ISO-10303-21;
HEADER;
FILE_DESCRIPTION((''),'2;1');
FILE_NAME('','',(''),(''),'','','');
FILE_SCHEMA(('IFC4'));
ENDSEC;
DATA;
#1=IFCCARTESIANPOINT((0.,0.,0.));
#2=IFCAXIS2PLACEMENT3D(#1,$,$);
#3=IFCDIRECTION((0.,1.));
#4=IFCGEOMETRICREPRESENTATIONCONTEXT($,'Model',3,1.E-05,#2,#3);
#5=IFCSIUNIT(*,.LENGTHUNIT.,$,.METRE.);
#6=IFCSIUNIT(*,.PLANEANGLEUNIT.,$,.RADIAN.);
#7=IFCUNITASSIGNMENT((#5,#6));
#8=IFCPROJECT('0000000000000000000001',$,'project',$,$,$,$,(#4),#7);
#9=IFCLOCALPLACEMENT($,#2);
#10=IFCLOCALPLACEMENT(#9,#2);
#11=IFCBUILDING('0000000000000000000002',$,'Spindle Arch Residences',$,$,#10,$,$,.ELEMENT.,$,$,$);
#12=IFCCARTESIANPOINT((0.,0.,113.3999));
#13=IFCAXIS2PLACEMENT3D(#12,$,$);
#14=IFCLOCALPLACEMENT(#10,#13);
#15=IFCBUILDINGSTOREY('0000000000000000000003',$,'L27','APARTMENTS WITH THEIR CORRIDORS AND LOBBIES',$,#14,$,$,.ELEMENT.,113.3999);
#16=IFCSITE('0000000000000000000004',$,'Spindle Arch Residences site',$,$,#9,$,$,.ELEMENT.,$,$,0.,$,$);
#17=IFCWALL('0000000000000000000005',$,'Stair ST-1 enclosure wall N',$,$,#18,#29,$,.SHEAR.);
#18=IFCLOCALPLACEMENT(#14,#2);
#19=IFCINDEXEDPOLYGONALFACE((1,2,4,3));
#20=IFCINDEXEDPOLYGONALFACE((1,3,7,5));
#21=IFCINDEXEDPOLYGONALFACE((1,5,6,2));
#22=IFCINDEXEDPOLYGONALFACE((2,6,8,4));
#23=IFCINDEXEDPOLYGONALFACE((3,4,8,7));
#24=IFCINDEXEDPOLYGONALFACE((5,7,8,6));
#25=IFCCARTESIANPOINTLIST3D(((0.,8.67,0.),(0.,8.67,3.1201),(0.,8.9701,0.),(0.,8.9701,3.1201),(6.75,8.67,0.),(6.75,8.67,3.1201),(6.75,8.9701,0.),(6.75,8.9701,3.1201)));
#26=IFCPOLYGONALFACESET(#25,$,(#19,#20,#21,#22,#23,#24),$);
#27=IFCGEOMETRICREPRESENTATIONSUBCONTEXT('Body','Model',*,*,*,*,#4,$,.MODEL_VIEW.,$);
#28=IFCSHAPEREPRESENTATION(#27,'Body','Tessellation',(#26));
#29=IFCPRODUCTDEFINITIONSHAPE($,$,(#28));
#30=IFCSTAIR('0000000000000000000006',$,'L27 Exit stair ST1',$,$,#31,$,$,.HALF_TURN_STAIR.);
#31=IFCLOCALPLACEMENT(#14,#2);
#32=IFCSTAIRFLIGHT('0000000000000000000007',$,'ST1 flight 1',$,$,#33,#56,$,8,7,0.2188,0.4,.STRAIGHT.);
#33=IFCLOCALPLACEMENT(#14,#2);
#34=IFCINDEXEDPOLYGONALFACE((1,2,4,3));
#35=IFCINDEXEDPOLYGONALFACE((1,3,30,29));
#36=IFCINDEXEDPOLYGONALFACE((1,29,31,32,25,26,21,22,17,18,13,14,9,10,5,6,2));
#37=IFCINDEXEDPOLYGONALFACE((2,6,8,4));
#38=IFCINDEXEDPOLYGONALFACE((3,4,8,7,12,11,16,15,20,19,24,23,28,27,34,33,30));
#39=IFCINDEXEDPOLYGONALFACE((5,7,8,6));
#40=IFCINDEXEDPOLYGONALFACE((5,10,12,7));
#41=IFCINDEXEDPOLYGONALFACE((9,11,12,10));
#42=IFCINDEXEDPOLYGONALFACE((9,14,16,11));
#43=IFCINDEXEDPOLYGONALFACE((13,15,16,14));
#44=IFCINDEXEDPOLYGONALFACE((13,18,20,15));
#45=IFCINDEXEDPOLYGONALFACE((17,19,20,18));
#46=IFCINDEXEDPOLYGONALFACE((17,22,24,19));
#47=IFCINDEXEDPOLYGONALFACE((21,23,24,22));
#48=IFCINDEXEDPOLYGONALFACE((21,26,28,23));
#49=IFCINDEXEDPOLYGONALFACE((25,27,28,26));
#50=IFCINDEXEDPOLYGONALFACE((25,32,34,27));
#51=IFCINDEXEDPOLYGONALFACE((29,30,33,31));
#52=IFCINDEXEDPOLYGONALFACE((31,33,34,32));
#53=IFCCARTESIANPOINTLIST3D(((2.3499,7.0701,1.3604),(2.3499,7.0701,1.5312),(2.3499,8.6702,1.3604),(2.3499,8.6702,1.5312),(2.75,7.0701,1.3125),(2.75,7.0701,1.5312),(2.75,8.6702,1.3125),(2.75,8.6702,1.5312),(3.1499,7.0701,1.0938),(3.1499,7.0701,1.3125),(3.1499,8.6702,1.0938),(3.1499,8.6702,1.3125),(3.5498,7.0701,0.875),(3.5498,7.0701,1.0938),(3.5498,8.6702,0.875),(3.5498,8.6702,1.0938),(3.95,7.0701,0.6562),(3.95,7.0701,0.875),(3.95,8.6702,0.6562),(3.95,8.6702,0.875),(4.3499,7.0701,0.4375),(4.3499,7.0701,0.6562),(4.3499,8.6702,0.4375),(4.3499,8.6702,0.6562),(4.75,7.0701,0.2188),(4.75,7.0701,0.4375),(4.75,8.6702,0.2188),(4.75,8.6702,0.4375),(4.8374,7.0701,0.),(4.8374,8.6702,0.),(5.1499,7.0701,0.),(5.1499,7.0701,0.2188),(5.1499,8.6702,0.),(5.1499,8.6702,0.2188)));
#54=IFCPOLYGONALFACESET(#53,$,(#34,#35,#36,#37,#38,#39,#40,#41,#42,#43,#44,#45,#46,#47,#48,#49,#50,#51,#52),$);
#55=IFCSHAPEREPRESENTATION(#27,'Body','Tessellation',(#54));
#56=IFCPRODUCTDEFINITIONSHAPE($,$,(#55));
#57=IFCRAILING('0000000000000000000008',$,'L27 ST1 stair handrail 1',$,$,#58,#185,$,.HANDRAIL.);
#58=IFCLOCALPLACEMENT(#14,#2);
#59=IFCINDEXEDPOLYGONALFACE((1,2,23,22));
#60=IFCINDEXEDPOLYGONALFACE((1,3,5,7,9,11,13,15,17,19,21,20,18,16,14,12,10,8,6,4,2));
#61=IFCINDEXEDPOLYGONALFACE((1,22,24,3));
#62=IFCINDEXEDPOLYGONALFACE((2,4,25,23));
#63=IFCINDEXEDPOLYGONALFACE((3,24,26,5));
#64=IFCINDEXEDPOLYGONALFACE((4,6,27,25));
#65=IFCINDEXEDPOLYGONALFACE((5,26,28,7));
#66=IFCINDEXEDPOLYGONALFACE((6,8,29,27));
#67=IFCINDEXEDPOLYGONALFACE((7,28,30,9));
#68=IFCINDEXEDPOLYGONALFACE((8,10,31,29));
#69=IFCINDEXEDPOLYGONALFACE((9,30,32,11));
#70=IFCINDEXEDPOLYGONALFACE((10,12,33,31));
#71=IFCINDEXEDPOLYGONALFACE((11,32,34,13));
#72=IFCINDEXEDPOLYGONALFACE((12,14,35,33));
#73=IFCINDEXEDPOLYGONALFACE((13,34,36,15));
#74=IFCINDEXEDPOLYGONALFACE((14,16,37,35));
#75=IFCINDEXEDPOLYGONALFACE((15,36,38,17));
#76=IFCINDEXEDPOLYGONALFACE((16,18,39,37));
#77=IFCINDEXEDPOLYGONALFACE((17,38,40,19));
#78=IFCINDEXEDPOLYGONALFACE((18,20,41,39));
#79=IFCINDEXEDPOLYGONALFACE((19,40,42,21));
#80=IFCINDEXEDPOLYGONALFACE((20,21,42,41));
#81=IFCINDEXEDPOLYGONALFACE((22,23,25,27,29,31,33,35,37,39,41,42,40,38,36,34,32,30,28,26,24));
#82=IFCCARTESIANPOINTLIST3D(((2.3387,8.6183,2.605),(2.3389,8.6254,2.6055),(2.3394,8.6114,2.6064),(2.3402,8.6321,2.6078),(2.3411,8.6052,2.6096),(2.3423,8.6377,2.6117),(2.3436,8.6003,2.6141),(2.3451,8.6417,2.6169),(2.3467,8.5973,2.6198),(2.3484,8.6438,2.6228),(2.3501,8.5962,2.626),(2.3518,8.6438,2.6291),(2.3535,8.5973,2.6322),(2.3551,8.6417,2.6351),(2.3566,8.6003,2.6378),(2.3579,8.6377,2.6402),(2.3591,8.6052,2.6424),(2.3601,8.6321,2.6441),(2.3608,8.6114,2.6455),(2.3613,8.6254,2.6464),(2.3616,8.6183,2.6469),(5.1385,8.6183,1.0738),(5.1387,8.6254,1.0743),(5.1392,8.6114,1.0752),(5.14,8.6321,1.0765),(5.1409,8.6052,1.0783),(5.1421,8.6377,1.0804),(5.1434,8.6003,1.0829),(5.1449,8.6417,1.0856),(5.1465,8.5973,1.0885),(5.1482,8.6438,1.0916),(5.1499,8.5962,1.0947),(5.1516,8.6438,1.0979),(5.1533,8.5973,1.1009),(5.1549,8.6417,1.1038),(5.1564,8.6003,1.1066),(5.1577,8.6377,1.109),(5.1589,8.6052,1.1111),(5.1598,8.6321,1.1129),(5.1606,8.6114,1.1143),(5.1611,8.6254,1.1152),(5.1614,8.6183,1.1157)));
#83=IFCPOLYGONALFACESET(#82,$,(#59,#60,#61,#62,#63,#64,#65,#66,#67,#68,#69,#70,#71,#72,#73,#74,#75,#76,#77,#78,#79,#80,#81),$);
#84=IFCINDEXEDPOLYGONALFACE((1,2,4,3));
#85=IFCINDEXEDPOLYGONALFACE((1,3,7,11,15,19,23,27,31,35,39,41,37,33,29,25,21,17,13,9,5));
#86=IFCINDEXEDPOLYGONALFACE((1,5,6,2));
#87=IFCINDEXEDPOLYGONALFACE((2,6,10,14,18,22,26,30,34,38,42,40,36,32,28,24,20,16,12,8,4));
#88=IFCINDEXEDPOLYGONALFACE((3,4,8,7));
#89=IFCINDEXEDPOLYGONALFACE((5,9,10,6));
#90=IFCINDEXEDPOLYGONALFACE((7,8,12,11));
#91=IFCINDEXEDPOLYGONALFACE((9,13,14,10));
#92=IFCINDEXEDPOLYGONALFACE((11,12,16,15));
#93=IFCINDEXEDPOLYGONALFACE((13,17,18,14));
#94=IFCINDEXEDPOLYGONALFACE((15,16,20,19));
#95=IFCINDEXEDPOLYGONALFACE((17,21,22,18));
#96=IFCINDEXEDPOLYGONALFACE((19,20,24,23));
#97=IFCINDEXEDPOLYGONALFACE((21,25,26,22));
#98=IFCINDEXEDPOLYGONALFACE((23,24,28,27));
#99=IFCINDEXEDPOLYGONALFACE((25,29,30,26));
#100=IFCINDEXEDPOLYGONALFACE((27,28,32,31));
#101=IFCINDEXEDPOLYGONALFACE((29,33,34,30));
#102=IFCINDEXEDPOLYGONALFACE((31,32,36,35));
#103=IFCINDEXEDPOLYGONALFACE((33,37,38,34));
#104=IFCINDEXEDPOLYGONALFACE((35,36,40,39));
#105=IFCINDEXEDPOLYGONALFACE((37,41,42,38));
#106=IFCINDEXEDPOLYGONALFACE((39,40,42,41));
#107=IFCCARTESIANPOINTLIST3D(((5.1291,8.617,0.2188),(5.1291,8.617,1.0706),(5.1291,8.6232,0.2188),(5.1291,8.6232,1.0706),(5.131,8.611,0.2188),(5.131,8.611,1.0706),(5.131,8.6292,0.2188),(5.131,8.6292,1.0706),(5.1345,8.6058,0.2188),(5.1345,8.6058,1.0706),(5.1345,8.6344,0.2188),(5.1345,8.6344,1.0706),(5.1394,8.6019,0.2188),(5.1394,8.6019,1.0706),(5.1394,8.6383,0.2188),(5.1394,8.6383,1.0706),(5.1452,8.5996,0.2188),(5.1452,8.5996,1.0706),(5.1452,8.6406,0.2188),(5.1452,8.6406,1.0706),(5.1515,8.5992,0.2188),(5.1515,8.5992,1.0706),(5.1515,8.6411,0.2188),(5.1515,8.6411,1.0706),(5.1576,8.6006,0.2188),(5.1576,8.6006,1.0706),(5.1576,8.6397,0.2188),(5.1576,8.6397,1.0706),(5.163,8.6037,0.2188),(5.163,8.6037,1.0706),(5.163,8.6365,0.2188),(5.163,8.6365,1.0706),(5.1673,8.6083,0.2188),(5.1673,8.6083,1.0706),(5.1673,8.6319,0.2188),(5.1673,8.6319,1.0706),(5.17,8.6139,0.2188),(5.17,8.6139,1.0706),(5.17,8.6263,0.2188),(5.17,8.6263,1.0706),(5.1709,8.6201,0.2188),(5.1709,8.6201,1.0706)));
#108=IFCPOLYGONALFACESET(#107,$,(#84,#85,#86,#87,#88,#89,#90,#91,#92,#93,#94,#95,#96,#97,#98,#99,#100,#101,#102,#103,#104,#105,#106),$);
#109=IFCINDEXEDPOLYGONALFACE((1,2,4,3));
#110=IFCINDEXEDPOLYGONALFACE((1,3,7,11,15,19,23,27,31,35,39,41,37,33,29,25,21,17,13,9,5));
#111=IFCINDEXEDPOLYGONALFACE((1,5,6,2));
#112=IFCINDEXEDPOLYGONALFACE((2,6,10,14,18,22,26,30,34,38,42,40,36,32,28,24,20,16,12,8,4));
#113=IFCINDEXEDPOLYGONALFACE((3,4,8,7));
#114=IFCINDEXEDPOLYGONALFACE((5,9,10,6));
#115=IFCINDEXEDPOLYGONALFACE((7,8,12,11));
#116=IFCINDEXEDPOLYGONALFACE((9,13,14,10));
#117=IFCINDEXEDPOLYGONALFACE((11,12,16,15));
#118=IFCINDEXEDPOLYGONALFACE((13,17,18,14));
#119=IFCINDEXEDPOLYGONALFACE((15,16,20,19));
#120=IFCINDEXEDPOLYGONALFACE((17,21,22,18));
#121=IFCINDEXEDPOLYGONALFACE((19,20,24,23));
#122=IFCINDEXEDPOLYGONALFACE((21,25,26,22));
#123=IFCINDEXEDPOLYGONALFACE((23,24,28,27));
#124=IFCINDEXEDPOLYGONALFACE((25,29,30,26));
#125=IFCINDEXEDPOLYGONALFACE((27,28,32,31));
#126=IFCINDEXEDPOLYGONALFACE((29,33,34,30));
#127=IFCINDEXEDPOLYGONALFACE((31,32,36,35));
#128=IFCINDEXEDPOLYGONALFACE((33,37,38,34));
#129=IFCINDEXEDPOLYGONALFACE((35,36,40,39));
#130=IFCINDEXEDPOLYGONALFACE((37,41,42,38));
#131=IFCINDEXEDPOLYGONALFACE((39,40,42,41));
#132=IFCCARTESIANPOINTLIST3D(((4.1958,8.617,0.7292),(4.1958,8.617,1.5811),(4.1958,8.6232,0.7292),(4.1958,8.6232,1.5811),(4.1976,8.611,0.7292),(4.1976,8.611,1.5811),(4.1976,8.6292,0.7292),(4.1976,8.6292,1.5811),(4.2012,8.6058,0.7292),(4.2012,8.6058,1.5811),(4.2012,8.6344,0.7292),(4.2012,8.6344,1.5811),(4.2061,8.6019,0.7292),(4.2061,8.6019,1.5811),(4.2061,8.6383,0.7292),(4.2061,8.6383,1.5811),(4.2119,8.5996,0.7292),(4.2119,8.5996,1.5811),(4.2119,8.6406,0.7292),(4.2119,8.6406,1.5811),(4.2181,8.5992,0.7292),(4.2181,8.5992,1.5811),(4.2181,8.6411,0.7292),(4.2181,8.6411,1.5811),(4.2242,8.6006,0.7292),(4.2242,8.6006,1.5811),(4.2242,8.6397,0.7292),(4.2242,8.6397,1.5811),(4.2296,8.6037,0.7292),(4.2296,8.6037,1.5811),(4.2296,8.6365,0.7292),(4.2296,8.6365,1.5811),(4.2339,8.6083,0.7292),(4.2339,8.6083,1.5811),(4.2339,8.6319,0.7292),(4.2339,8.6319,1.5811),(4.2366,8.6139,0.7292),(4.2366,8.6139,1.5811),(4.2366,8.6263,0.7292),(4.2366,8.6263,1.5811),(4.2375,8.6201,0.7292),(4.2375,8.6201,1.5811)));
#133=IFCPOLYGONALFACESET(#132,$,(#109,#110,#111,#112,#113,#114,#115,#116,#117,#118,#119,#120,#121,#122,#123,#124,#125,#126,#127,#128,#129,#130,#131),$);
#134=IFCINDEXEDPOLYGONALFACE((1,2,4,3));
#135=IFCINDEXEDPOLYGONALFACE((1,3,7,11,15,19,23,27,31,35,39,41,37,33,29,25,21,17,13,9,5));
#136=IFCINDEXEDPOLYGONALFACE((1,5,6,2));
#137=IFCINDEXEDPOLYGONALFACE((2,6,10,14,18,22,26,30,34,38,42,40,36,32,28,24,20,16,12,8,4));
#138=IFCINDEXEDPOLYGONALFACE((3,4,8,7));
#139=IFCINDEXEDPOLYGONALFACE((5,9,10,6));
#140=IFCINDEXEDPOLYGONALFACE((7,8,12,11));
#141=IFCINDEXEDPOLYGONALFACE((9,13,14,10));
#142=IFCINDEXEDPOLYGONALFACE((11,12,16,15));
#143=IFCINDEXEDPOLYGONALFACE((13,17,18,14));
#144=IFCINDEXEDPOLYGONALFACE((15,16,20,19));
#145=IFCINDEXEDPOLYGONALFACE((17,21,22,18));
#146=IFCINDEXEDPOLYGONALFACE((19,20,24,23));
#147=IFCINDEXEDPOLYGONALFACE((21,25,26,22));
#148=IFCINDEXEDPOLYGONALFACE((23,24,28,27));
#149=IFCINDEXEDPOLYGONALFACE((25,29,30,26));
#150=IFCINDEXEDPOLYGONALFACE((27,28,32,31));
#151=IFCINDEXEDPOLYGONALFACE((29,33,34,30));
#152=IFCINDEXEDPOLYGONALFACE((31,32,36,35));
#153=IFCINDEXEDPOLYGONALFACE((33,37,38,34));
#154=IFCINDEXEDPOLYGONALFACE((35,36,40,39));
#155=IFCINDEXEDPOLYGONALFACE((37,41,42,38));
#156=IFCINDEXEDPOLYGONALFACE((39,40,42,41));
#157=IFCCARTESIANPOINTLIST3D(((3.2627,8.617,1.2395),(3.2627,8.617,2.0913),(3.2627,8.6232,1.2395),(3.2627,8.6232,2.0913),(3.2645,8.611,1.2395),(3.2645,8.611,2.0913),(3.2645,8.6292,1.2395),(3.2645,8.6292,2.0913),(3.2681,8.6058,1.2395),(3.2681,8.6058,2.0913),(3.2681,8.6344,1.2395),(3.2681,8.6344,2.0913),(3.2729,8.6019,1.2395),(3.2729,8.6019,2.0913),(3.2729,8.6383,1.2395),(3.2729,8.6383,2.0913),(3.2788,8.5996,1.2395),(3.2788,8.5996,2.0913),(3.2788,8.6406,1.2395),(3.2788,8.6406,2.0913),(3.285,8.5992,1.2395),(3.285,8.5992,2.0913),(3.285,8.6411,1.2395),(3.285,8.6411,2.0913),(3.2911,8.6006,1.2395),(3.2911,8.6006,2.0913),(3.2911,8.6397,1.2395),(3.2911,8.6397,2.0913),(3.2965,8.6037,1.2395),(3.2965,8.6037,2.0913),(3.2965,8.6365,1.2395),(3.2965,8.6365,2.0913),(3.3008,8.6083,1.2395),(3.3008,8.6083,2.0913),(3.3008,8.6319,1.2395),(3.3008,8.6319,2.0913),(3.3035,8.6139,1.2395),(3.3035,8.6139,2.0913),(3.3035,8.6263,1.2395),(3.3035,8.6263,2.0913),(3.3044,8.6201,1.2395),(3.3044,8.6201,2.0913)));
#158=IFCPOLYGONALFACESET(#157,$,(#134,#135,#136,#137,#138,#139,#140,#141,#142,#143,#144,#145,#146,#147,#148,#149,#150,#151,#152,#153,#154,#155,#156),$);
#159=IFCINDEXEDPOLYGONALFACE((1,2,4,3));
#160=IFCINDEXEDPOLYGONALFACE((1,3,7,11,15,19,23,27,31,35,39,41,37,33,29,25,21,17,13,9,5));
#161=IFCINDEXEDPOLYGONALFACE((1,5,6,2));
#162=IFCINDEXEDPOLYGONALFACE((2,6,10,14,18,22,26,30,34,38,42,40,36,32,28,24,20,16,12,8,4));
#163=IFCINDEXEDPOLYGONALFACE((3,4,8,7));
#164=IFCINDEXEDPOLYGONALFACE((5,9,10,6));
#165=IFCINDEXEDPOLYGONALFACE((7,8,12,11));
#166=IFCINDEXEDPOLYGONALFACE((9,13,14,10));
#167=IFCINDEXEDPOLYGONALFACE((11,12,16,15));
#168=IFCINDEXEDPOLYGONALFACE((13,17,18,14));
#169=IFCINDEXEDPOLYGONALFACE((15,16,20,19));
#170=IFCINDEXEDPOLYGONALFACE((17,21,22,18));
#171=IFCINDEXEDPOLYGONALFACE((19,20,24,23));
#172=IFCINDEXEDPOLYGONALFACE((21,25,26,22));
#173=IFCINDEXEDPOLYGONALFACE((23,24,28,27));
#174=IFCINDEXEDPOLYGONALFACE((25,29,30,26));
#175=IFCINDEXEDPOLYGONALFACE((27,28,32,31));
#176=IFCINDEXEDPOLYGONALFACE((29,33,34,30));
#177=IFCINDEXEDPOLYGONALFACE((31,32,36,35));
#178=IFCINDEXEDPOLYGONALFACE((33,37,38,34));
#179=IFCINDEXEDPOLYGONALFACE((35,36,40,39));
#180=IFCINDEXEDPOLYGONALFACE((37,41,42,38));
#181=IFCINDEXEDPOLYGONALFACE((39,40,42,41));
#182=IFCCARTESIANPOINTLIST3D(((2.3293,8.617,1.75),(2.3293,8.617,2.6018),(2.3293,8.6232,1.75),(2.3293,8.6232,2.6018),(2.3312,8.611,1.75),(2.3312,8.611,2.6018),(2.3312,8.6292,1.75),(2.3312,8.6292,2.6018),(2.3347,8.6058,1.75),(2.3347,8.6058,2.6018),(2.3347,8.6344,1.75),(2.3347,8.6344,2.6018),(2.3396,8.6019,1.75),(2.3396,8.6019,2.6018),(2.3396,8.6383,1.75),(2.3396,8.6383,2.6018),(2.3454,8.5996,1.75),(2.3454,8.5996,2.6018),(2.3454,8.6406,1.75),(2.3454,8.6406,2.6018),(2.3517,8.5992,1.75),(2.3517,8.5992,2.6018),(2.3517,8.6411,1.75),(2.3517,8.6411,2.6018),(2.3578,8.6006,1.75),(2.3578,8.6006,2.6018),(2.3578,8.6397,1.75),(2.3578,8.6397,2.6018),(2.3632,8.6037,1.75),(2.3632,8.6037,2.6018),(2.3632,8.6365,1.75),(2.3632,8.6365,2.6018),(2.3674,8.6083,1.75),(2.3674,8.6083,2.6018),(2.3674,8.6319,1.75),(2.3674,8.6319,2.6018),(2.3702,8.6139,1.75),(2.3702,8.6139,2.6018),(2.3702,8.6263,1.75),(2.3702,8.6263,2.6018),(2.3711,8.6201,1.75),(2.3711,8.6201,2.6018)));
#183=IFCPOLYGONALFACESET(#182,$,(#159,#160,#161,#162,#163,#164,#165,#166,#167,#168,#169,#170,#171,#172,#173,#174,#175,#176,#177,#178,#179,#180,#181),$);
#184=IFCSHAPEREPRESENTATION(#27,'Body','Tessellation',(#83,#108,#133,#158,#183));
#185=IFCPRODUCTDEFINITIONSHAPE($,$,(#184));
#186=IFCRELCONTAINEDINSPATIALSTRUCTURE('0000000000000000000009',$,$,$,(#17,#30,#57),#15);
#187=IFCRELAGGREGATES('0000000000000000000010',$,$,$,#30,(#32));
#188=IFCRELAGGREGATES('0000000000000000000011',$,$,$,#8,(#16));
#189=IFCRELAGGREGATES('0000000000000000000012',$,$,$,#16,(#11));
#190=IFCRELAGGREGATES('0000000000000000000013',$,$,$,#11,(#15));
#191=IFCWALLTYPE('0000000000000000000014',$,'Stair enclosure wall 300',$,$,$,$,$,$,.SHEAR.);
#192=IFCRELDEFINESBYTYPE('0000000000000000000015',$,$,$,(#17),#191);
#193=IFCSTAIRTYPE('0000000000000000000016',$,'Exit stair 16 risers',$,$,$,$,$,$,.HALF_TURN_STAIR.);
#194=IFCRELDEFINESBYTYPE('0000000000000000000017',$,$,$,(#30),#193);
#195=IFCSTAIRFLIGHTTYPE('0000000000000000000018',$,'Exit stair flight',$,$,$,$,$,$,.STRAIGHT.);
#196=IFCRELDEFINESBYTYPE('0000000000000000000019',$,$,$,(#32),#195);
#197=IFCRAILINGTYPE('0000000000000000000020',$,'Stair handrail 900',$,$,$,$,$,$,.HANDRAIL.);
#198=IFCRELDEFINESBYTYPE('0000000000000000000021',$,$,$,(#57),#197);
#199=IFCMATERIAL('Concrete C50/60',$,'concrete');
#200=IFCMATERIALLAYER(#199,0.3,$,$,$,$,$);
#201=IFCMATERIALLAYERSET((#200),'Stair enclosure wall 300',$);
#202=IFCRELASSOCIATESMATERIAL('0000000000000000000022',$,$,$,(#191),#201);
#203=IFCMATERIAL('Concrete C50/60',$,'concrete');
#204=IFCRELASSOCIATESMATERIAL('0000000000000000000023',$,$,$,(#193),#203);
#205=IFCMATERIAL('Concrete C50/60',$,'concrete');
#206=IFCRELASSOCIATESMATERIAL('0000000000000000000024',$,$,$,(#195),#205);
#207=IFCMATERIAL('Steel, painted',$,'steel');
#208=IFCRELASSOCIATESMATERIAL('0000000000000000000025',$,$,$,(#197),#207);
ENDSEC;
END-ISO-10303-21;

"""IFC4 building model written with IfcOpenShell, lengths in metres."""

from ifc_helpers import new_model, si_unit, direction, frame, frame_2d, origin, origin_2d, place, context, subcontext, project, spatial, polyline, rectangle, circle, outline, extrude, material, layer, layer_set, type_object, element, aggregate, save


model = new_model("IFC4")

# Units and contexts
model_context = context("Model", 3, precision=1e-05, world=origin(), true_north=direction((0.0, 1.0)))
body_context = subcontext(model_context, "Body", "Model", "MODEL_VIEW")
ifc_project = project(units=[si_unit("LENGTHUNIT", "METRE"), si_unit("PLANEANGLEUNIT", "RADIAN")], contexts=[model_context])

# Site, building, storey
site_placement = place(None, origin())
site = spatial("IfcSite", under=ifc_project, at=site_placement, Name="Spindle Arch Residences site", CompositionType="ELEMENT", RefElevation=0.0)
building_placement = place(site_placement, origin())
building = spatial("IfcBuilding", under=site, at=building_placement, Name="Spindle Arch Residences", CompositionType="ELEMENT")
storey_placement = place(building_placement, frame((0.0, 0.0, 113.3999)))
storey = spatial("IfcBuildingStorey", under=building, at=storey_placement, Name="L27", Description="APARTMENTS WITH THEIR CORRIDORS AND LOBBIES", CompositionType="ELEMENT", Elevation=113.3999)

# Wall
ifc_material_1 = material(Name="Concrete C50/60", Category="concrete")
ifc_layer_1 = layer(ifc_material_1, 0.3)
ifc_layer_set_1 = layer_set([ifc_layer_1], Name="Stair enclosure wall 300")
wall_type_1 = type_object("IfcWallType", Name="Stair enclosure wall 300", PredefinedType="SHEAR", material=ifc_layer_set_1)
wall_1_placement = place(storey_placement, frame((0.0, 8.8201, 0.0), z_axis=(0.0, 0.0, 1.0), x_axis=(1.0, 0.0, 0.0)))
element("IfcWall", 1, at=wall_1_placement, inside=storey, type_object=wall_type_1, Name="Stair ST-1 enclosure wall N", PredefinedType="SHEAR", context=body_context, shape_type="SweptSolid", body=[
    extrude(rectangle(XDim=6.75, YDim=0.3, at=frame_2d((3.375, 0.0))), origin(), (0.0, 0.0, 1.0), 3.1201),
])

# Stair, stair flight
ifc_material_2 = material(Name="Concrete C50/60", Category="concrete")
stair_type = type_object("IfcStairType", Name="Exit stair 16 risers", PredefinedType="HALF_TURN_STAIR", material=ifc_material_2)
stair_placement = place(storey_placement, origin())
stair = element("IfcStair", 2, at=stair_placement, inside=storey, type_object=stair_type, Name="L27 Exit stair ST1", PredefinedType="HALF_TURN_STAIR")
ifc_material_3 = material(Name="Concrete C50/60", Category="concrete")
stair_flight_type = type_object("IfcStairFlightType", Name="Exit stair flight", PredefinedType="STRAIGHT", material=ifc_material_3)
stair_flight_placement = place(storey_placement, frame((5.1499, 7.8701, 0.0), z_axis=(0.0, 0.0, 1.0), x_axis=(-1.0, 0.0, 0.0)))
stair_flight = element("IfcStairFlight", 3, at=stair_flight_placement, type_object=stair_flight_type, Name="ST1 flight 1", NumberOfRisers=8, NumberOfTreads=7, PredefinedType="STRAIGHT", RiserHeight=0.2188, TreadLength=0.4, context=body_context, shape_type="SweptSolid", body=[
    extrude(outline(polyline([(0.0, 0.0), (0.0, 0.2188), (0.3999, 0.2188), (0.3999, 0.4375), (0.8, 0.4375), (0.8, 0.6562), (1.2, 0.6562), (1.2, 0.875), (1.6001, 0.875), (1.6001, 1.0938), (2.0, 1.0938), (2.0, 1.3125), (2.3999, 1.3125), (2.3999, 1.5312), (2.8, 1.5312), (2.8, 1.75), (2.8, 1.3604), (0.3125, 0.0), (0.0, 0.0)])), frame((0.0, 0.8, 0.0), z_axis=(0.0, -1.0, 0.0), x_axis=(1.0, 0.0, 0.0)), (0.0, 0.0, 1.0), 1.6001),
])
aggregate(stair, [stair_flight])

# Railing
ifc_material_4 = material(Name="Steel, painted", Category="steel")
railing_type = type_object("IfcRailingType", Name="Stair handrail 900", PredefinedType="HANDRAIL", material=ifc_material_4)
railing_placement = place(storey_placement, frame((5.1499, 8.6201, 0.2188)))
element("IfcRailing", 4, at=railing_placement, inside=storey, type_object=railing_type, Name="L27 ST1 stair handrail 1", PredefinedType="HANDRAIL", context=body_context, shape_type="SweptSolid", body=[
    extrude(circle(Radius=0.0239, at=origin_2d()), frame((0.0, 0.0, 0.876), z_axis=(-0.877357, 0.0, 0.479838), x_axis=(0.0, -1.0, 0.0)), (0.0, 0.0, 1.0), 3.1912),
    extrude(circle(Radius=0.021, at=origin_2d()), origin(), (0.0, 0.0, 1.0), 0.8518),
    extrude(circle(Radius=0.021, at=origin_2d()), frame((-0.9333, 0.0, 0.5105)), (0.0, 0.0, 1.0), 0.8518),
    extrude(circle(Radius=0.021, at=origin_2d()), frame((-1.8665, 0.0, 1.0208)), (0.0, 0.0, 1.0), 0.8518),
    extrude(circle(Radius=0.021, at=origin_2d()), frame((-2.7998, 0.0, 1.5312)), (0.0, 0.0, 1.0), 0.8518),
])

save(model, "model.ifc")
